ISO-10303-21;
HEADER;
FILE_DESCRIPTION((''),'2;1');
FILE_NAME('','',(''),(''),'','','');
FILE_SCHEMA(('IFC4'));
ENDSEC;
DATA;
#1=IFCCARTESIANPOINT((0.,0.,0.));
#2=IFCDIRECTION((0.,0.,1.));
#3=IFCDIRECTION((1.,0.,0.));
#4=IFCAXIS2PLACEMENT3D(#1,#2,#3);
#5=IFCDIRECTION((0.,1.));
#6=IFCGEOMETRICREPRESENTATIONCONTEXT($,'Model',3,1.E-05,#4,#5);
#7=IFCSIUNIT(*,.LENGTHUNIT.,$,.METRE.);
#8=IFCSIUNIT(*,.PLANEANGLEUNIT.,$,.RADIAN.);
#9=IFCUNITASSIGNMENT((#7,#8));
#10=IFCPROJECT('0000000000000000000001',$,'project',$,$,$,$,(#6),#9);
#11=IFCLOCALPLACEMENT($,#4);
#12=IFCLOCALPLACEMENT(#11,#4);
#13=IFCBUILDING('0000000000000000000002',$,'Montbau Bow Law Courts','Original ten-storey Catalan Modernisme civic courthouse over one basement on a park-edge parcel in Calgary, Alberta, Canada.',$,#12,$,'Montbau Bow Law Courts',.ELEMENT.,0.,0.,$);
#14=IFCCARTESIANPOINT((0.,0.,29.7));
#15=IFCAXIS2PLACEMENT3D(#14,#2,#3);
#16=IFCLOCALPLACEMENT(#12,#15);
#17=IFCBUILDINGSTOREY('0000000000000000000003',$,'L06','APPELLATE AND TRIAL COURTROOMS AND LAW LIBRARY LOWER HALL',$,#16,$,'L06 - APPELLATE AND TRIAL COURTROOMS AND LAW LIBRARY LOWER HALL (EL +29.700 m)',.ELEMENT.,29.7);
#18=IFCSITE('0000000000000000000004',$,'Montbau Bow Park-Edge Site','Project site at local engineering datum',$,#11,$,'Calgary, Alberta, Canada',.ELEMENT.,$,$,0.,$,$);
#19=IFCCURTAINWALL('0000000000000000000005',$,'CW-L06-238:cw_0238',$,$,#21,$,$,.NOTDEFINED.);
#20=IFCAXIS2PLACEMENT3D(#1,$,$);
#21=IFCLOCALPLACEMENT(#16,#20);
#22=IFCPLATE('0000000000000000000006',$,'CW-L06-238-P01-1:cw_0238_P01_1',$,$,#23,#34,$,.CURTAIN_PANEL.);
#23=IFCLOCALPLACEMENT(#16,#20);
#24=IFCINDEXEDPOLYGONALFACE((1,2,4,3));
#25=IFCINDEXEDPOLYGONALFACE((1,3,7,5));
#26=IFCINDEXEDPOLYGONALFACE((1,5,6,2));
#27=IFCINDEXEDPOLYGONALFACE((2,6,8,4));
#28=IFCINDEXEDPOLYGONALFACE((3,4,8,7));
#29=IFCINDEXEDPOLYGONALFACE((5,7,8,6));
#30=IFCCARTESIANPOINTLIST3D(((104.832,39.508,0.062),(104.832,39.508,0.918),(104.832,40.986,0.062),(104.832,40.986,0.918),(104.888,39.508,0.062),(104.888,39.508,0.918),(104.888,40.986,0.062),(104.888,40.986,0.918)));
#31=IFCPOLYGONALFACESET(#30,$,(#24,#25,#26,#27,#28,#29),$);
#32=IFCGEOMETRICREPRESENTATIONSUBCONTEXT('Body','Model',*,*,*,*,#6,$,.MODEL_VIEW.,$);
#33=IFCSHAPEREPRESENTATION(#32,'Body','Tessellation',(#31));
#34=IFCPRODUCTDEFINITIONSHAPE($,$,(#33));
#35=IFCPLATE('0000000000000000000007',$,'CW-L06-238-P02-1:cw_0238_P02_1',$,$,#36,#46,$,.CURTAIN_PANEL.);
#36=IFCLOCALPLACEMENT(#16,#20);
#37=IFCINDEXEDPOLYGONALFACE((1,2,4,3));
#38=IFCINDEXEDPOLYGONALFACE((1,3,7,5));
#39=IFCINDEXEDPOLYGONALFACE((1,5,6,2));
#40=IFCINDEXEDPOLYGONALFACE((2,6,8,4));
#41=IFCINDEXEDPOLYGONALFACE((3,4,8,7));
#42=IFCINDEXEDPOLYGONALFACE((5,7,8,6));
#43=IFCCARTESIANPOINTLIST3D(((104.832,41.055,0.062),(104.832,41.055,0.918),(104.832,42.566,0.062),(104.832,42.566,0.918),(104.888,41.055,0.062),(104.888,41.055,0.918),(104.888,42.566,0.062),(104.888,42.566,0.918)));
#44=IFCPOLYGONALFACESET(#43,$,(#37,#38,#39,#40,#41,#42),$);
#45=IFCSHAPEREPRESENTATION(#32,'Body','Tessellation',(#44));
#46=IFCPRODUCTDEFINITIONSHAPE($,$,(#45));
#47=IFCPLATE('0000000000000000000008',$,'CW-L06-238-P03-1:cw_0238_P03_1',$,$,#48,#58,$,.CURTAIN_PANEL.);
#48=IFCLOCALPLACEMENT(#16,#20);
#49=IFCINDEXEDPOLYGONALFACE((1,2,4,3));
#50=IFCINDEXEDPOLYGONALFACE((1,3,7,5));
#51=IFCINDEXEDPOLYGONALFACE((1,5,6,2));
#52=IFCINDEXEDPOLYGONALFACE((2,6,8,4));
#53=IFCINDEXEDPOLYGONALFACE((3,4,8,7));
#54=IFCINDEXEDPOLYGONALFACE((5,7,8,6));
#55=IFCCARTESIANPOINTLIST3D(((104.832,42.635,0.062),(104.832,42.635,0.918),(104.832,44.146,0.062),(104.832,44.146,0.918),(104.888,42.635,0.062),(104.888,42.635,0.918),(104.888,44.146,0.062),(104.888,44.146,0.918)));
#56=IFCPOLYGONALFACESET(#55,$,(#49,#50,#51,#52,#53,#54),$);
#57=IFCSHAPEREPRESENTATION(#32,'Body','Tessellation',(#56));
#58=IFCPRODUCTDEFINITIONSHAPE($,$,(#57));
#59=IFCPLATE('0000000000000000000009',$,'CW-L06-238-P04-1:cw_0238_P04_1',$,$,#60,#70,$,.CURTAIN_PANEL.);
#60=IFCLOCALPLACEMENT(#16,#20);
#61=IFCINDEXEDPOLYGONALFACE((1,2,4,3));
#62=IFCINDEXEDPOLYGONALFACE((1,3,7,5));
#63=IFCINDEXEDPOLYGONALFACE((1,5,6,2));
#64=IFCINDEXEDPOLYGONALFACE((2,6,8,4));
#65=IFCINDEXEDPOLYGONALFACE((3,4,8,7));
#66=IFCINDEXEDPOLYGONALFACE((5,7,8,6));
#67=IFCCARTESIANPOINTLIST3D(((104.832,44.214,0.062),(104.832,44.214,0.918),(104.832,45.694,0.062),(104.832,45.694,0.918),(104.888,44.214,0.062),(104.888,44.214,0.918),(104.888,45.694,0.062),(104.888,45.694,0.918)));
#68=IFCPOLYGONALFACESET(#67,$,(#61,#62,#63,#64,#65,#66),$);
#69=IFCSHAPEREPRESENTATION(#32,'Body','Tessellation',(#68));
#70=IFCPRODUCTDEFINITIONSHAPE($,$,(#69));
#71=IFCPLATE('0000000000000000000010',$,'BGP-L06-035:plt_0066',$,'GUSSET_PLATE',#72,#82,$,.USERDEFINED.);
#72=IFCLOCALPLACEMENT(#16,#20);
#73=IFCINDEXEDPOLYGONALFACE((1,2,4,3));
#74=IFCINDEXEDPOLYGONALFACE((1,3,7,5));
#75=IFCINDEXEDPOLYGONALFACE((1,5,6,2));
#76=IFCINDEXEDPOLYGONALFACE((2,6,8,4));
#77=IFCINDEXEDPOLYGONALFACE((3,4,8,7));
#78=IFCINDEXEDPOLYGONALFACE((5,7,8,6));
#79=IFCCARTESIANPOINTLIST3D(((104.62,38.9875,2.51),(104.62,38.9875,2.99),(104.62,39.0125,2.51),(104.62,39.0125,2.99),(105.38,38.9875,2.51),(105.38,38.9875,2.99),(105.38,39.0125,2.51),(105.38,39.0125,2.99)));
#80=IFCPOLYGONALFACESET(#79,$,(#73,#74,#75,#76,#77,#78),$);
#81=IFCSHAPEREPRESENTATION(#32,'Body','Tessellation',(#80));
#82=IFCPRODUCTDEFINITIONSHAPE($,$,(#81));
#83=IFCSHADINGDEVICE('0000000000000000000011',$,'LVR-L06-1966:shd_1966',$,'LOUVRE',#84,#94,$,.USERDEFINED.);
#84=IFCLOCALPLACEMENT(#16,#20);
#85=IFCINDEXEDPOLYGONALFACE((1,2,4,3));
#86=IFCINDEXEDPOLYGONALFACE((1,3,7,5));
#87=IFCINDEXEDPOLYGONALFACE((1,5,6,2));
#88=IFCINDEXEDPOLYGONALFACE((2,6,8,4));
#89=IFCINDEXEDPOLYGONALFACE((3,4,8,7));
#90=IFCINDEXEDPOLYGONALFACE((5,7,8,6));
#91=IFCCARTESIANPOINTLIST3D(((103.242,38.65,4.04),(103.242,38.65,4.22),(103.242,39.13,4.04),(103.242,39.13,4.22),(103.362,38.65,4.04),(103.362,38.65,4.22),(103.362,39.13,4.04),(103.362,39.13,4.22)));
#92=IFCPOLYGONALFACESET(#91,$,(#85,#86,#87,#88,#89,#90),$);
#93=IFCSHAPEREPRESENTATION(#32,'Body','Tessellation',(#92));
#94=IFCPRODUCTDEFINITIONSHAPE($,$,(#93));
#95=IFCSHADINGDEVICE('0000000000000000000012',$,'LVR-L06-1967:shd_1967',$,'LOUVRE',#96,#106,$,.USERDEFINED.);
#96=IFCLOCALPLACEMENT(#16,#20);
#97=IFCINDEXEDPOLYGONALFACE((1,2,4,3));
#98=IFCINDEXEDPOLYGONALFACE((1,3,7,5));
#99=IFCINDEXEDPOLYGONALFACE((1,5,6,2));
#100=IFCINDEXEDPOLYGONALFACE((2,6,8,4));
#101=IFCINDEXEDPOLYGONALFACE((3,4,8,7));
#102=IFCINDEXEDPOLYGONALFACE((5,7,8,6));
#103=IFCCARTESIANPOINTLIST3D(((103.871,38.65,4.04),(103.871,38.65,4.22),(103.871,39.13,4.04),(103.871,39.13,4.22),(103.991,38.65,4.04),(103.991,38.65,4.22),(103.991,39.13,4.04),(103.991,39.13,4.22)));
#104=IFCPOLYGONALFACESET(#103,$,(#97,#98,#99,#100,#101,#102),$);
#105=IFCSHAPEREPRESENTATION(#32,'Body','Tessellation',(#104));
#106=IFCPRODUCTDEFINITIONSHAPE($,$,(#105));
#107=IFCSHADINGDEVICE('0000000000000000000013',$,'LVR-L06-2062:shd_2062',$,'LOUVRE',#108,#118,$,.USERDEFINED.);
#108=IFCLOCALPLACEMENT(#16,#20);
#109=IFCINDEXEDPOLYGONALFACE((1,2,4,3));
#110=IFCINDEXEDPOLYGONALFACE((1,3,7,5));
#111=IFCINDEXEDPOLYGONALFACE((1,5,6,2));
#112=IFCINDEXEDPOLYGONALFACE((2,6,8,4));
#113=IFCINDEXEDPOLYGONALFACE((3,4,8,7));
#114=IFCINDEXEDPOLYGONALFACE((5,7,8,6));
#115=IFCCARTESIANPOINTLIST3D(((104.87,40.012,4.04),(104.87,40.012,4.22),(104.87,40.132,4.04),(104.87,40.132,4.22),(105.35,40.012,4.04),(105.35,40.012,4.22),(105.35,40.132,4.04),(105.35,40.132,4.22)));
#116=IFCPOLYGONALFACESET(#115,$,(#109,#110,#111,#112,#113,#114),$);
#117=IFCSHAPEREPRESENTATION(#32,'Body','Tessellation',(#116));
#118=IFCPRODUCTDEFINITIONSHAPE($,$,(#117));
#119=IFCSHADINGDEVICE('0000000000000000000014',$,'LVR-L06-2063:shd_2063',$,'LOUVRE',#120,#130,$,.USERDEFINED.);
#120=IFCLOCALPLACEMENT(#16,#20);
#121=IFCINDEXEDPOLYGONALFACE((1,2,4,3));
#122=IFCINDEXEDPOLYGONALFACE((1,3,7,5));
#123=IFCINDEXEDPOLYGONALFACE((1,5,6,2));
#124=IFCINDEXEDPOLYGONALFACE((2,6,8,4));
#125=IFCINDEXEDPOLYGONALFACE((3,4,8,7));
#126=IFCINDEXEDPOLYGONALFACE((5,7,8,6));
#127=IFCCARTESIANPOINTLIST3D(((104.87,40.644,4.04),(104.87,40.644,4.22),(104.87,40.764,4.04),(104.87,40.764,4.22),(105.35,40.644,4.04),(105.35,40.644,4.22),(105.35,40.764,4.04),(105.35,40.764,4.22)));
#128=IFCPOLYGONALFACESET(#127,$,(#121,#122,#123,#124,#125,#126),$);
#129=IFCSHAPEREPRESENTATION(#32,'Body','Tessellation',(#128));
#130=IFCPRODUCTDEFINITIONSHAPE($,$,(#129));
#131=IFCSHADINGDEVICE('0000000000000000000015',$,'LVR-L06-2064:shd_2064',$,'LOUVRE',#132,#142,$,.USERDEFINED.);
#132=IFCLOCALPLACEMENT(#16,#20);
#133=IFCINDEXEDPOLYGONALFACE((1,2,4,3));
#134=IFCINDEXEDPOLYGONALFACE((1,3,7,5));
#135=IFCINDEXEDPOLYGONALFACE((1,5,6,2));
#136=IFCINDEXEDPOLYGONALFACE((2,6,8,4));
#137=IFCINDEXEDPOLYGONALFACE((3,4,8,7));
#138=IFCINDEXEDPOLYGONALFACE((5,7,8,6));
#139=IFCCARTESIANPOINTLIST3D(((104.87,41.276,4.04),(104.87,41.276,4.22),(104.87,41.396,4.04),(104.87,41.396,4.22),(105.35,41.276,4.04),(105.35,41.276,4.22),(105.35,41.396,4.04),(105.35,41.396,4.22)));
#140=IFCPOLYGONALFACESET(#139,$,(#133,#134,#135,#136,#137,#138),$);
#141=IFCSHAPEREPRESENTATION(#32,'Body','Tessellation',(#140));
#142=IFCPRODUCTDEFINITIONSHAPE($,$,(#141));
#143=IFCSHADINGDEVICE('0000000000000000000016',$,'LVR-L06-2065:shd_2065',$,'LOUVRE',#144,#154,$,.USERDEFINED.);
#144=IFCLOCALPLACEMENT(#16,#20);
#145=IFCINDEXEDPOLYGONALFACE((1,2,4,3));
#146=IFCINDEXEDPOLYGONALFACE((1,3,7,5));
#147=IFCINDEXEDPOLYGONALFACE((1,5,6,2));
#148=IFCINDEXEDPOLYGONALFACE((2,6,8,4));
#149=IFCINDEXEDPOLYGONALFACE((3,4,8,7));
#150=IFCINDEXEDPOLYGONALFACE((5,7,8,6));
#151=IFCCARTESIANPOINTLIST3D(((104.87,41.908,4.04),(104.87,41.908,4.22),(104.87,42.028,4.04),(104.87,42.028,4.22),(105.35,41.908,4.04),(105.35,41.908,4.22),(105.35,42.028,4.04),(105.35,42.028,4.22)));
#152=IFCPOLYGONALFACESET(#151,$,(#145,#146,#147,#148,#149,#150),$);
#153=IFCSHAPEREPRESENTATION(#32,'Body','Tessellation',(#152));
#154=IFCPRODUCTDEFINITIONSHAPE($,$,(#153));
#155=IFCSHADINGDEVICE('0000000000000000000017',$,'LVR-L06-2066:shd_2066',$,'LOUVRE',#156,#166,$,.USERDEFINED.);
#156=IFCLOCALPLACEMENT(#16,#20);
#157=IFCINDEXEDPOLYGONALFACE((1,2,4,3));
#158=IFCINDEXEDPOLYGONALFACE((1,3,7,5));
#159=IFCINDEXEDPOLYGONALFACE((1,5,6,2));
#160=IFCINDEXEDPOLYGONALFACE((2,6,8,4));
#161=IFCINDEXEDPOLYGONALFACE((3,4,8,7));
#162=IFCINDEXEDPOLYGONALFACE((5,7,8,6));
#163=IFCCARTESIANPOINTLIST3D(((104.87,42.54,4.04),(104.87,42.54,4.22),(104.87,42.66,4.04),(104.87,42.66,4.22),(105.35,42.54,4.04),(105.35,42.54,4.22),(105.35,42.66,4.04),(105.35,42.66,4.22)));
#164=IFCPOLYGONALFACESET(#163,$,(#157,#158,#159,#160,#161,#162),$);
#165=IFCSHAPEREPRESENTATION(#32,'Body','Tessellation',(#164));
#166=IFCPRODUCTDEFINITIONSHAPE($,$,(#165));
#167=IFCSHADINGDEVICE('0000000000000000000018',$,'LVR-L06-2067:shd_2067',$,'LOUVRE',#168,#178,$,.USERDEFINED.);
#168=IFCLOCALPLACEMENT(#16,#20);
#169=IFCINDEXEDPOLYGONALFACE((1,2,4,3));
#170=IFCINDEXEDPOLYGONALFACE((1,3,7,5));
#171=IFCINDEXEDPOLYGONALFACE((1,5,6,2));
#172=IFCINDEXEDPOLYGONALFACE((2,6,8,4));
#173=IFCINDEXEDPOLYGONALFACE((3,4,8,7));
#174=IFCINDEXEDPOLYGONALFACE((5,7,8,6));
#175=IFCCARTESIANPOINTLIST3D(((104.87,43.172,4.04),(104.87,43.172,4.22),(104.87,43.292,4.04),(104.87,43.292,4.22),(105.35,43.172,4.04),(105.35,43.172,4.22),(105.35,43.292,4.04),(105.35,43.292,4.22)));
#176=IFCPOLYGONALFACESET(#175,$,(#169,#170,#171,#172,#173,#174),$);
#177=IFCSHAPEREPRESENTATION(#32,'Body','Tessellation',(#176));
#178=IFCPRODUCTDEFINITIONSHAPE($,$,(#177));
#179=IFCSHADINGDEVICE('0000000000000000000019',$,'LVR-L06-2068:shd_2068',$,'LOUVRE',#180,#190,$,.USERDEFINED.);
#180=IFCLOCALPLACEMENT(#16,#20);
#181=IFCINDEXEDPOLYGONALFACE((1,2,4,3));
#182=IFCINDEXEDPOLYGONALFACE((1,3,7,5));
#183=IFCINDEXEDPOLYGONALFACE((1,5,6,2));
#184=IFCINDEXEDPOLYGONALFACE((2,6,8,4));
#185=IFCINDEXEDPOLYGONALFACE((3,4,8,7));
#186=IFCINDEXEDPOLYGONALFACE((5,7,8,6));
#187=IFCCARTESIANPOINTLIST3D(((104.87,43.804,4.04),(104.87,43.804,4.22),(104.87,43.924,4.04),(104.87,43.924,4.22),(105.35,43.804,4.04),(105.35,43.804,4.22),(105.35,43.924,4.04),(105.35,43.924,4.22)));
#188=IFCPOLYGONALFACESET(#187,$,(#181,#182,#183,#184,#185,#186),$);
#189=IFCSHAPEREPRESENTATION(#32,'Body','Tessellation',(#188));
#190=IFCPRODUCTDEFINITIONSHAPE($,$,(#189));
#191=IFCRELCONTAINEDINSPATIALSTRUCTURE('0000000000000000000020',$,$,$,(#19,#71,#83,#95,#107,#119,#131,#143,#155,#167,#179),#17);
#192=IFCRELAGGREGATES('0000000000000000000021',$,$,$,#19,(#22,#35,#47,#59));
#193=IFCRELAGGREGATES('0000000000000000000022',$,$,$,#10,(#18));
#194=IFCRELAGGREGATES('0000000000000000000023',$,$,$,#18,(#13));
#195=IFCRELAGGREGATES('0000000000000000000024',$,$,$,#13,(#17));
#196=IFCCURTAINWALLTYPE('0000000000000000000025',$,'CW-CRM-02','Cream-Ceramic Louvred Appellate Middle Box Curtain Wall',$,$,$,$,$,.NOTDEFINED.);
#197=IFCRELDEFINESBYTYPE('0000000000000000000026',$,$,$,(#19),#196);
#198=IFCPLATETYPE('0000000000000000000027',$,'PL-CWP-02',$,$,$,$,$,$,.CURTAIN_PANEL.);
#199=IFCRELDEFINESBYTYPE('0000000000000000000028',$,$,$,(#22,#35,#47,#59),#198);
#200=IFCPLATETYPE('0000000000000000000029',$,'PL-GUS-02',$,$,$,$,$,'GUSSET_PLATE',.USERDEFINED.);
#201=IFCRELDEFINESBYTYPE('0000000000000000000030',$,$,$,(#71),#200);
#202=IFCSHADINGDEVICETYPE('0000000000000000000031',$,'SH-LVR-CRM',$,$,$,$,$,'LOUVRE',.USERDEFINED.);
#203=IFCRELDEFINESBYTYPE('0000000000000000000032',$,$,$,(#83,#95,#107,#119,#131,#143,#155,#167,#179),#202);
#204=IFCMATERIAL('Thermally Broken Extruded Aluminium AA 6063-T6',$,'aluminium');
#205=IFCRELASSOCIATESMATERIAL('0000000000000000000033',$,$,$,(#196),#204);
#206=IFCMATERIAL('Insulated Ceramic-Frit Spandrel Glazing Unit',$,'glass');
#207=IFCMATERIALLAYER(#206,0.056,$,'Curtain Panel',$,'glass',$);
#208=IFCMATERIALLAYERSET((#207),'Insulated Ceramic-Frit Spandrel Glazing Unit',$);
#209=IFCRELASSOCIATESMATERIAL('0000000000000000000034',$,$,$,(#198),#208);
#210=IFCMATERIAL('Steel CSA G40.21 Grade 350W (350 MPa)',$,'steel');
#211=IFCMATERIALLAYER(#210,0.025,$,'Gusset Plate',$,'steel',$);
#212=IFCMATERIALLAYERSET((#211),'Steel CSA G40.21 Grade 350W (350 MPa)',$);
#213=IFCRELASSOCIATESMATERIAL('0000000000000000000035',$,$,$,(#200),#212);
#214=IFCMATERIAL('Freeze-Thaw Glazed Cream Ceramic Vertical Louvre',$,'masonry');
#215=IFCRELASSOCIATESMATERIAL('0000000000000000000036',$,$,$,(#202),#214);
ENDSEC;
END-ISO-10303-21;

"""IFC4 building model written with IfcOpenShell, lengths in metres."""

from ifc_helpers import new_model, si_unit, direction, frame, frame_2d, origin_with_axes, origin_2d_with_axis, place, context, subcontext, project, spatial, rectangle, extrude, material, layer, layer_set, type_object, element, aggregate, save


model = new_model("IFC4")

# Units and contexts
model_context = context("Model", 3, precision=1e-05, world=origin_with_axes(), true_north=direction((0.0, 1.0)))
body_context = subcontext(model_context, "Body", "Model", "MODEL_VIEW")
ifc_project = project(units=[si_unit("LENGTHUNIT", "METRE"), si_unit("PLANEANGLEUNIT", "RADIAN")], contexts=[model_context])

# Site, building, storey
site_placement = place(None, origin_with_axes())
site = spatial("IfcSite", under=ifc_project, at=site_placement, Name="Montbau Bow Park-Edge Site", Description="Project site at local engineering datum", LongName="Calgary, Alberta, Canada", CompositionType="ELEMENT", RefElevation=0.0)
building_placement = place(site_placement, origin_with_axes())
building = spatial("IfcBuilding", under=site, at=building_placement, Name="Montbau Bow Law Courts", Description="Original ten-storey Catalan Modernisme civic courthouse over one basement on a park-edge parcel in Calgary, Alberta, Canada.", LongName="Montbau Bow Law Courts", CompositionType="ELEMENT", ElevationOfRefHeight=0.0, ElevationOfTerrain=0.0)
storey_placement = place(building_placement, frame((0.0, 0.0, 29.7), z_axis=(0.0, 0.0, 1.0), x_axis=(1.0, 0.0, 0.0)))
storey = spatial("IfcBuildingStorey", under=building, at=storey_placement, Name="L06", Description="APPELLATE AND TRIAL COURTROOMS AND LAW LIBRARY LOWER HALL", LongName="L06 - APPELLATE AND TRIAL COURTROOMS AND LAW LIBRARY LOWER HALL (EL +29.700 m)", CompositionType="ELEMENT", Elevation=29.7)

# Shared definitions
ifc_material_1 = material(Name="Thermally Broken Extruded Aluminium AA 6063-T6", Category="aluminium")
curtain_wall_type = type_object("IfcCurtainWallType", Name="CW-CRM-02", Description="Cream-Ceramic Louvred Appellate Middle Box Curtain Wall", PredefinedType="NOTDEFINED", material=ifc_material_1)

# Curtain wall, plates
curtain_wall_1_placement = place(None, frame((104.86, 39.44, 29.7), z_axis=(0.0, 0.0, 1.0), x_axis=(1.0, 0.0, 0.0)))
curtain_wall_1 = element("IfcCurtainWall", 1, at=curtain_wall_1_placement, inside=storey, type_object=curtain_wall_type, Name="CW-L06-238:cw_0238", PredefinedType="NOTDEFINED")
ifc_material_2 = material(Name="Insulated Ceramic-Frit Spandrel Glazing Unit", Category="glass")
ifc_layer_1 = layer(ifc_material_2, 0.056, Name="Curtain Panel", Category="glass")
ifc_layer_set_1 = layer_set([ifc_layer_1], Name="Insulated Ceramic-Frit Spandrel Glazing Unit")
plate_type_1 = type_object("IfcPlateType", Name="PL-CWP-02", PredefinedType="CURTAIN_PANEL", material=ifc_layer_set_1)
plate_1_placement = place(None, frame((104.86, 39.508, 29.762), z_axis=(1.0, 0.0, 0.0), x_axis=(0.0, 1.0, 0.0)))
plate_1 = element("IfcPlate", 2, at=plate_1_placement, type_object=plate_type_1, Name="CW-L06-238-P01-1:cw_0238_P01_1", PredefinedType="CURTAIN_PANEL", context=body_context, shape_type="SweptSolid", body=[
    extrude(rectangle(XDim=1.478, YDim=0.856, at=frame_2d((0.739, 0.428), x_axis=(1.0, 0.0))), frame((0.0, 0.0, -0.028), z_axis=(0.0, 0.0, 1.0), x_axis=(1.0, 0.0, 0.0)), (0.0, 0.0, 1.0), 0.056),
])
plate_2_placement = place(None, frame((104.86, 41.055, 29.762), z_axis=(1.0, 0.0, 0.0), x_axis=(0.0, 1.0, 0.0)))
plate_2 = element("IfcPlate", 3, at=plate_2_placement, type_object=plate_type_1, Name="CW-L06-238-P02-1:cw_0238_P02_1", PredefinedType="CURTAIN_PANEL", context=body_context, shape_type="SweptSolid", body=[
    extrude(rectangle(XDim=1.511, YDim=0.856, at=frame_2d((0.7555, 0.428), x_axis=(1.0, 0.0))), frame((0.0, 0.0, -0.028), z_axis=(0.0, 0.0, 1.0), x_axis=(1.0, 0.0, 0.0)), (0.0, 0.0, 1.0), 0.056),
])
plate_3_placement = place(None, frame((104.86, 42.635, 29.762), z_axis=(1.0, 0.0, 0.0), x_axis=(0.0, 1.0, 0.0)))
plate_3 = element("IfcPlate", 4, at=plate_3_placement, type_object=plate_type_1, Name="CW-L06-238-P03-1:cw_0238_P03_1", PredefinedType="CURTAIN_PANEL", context=body_context, shape_type="SweptSolid", body=[
    extrude(rectangle(XDim=1.511, YDim=0.856, at=frame_2d((0.7555, 0.428), x_axis=(1.0, 0.0))), frame((0.0, 0.0, -0.028), z_axis=(0.0, 0.0, 1.0), x_axis=(1.0, 0.0, 0.0)), (0.0, 0.0, 1.0), 0.056),
])
plate_4_placement = place(None, frame((104.86, 44.214, 29.762), z_axis=(1.0, 0.0, 0.0), x_axis=(0.0, 1.0, 0.0)))
plate_4 = element("IfcPlate", 5, at=plate_4_placement, type_object=plate_type_1, Name="CW-L06-238-P04-1:cw_0238_P04_1", PredefinedType="CURTAIN_PANEL", context=body_context, shape_type="SweptSolid", body=[
    extrude(rectangle(XDim=1.48, YDim=0.856, at=frame_2d((0.74, 0.428), x_axis=(1.0, 0.0))), frame((0.0, 0.0, -0.028), z_axis=(0.0, 0.0, 1.0), x_axis=(1.0, 0.0, 0.0)), (0.0, 0.0, 1.0), 0.056),
])
aggregate(curtain_wall_1, [plate_1, plate_2, plate_3, plate_4])

# Plate
ifc_material_3 = material(Name="Steel CSA G40.21 Grade 350W (350 MPa)", Category="steel")
ifc_layer_2 = layer(ifc_material_3, 0.025, Name="Gusset Plate", Category="steel")
ifc_layer_set_2 = layer_set([ifc_layer_2], Name="Steel CSA G40.21 Grade 350W (350 MPa)")
plate_type_2 = type_object("IfcPlateType", Name="PL-GUS-02", ElementType="GUSSET_PLATE", PredefinedType="USERDEFINED", material=ifc_layer_set_2)
plate_5_placement = place(None, frame((105.0, 39.0, 32.21), z_axis=(0.0, 0.0, 1.0), x_axis=(1.0, 0.0, 0.0)))
element("IfcPlate", 6, at=plate_5_placement, inside=storey, type_object=plate_type_2, Name="BGP-L06-035:plt_0066", ObjectType="GUSSET_PLATE", PredefinedType="USERDEFINED", context=body_context, shape_type="SweptSolid", body=[
    extrude(rectangle(XDim=0.76, YDim=0.025, at=origin_2d_with_axis()), origin_with_axes(), (0.0, 0.0, 1.0), 0.48),
])

# Shading devices
ifc_material_4 = material(Name="Freeze-Thaw Glazed Cream Ceramic Vertical Louvre", Category="masonry")
shading_device_type = type_object("IfcShadingDeviceType", Name="SH-LVR-CRM", ElementType="LOUVRE", PredefinedType="USERDEFINED", material=ifc_material_4)
for number, where, z_axis, x_axis, name in (
    (7, (103.302, 38.89, 33.74), (0.0, 0.0, 1.0), (0.0, -1.0, 0.0), "LVR-L06-1966:shd_1966"),
    (8, (103.931, 38.89, 33.74), (0.0, 0.0, 1.0), (0.0, -1.0, 0.0), "LVR-L06-1967:shd_1967"),
    (9, (105.11, 40.072, 33.74), (0.0, 0.0, 1.0), (1.0, 0.0, 0.0), "LVR-L06-2062:shd_2062"),
    (10, (105.11, 40.704, 33.74), (0.0, 0.0, 1.0), (1.0, 0.0, 0.0), "LVR-L06-2063:shd_2063"),
    (11, (105.11, 41.336, 33.74), (0.0, 0.0, 1.0), (1.0, 0.0, 0.0), "LVR-L06-2064:shd_2064"),
    (12, (105.11, 41.968, 33.74), (0.0, 0.0, 1.0), (1.0, 0.0, 0.0), "LVR-L06-2065:shd_2065"),
    (13, (105.11, 42.6, 33.74), (0.0, 0.0, 1.0), (1.0, 0.0, 0.0), "LVR-L06-2066:shd_2066"),
    (14, (105.11, 43.232, 33.74), (0.0, 0.0, 1.0), (1.0, 0.0, 0.0), "LVR-L06-2067:shd_2067"),
    (15, (105.11, 43.864, 33.74), (0.0, 0.0, 1.0), (1.0, 0.0, 0.0), "LVR-L06-2068:shd_2068"),
):
    element("IfcShadingDevice", number, at=place(None, frame(where, z_axis=z_axis, x_axis=x_axis)), inside=storey, type_object=shading_device_type, Name=name, ObjectType="LOUVRE", PredefinedType="USERDEFINED", context=body_context, shape_type="SweptSolid", body=[
        extrude(rectangle(XDim=0.48, YDim=0.12, at=origin_2d_with_axis()), origin_with_axes(), (0.0, 0.0, 1.0), 0.18),
    ])

save(model, "model.ifc")
